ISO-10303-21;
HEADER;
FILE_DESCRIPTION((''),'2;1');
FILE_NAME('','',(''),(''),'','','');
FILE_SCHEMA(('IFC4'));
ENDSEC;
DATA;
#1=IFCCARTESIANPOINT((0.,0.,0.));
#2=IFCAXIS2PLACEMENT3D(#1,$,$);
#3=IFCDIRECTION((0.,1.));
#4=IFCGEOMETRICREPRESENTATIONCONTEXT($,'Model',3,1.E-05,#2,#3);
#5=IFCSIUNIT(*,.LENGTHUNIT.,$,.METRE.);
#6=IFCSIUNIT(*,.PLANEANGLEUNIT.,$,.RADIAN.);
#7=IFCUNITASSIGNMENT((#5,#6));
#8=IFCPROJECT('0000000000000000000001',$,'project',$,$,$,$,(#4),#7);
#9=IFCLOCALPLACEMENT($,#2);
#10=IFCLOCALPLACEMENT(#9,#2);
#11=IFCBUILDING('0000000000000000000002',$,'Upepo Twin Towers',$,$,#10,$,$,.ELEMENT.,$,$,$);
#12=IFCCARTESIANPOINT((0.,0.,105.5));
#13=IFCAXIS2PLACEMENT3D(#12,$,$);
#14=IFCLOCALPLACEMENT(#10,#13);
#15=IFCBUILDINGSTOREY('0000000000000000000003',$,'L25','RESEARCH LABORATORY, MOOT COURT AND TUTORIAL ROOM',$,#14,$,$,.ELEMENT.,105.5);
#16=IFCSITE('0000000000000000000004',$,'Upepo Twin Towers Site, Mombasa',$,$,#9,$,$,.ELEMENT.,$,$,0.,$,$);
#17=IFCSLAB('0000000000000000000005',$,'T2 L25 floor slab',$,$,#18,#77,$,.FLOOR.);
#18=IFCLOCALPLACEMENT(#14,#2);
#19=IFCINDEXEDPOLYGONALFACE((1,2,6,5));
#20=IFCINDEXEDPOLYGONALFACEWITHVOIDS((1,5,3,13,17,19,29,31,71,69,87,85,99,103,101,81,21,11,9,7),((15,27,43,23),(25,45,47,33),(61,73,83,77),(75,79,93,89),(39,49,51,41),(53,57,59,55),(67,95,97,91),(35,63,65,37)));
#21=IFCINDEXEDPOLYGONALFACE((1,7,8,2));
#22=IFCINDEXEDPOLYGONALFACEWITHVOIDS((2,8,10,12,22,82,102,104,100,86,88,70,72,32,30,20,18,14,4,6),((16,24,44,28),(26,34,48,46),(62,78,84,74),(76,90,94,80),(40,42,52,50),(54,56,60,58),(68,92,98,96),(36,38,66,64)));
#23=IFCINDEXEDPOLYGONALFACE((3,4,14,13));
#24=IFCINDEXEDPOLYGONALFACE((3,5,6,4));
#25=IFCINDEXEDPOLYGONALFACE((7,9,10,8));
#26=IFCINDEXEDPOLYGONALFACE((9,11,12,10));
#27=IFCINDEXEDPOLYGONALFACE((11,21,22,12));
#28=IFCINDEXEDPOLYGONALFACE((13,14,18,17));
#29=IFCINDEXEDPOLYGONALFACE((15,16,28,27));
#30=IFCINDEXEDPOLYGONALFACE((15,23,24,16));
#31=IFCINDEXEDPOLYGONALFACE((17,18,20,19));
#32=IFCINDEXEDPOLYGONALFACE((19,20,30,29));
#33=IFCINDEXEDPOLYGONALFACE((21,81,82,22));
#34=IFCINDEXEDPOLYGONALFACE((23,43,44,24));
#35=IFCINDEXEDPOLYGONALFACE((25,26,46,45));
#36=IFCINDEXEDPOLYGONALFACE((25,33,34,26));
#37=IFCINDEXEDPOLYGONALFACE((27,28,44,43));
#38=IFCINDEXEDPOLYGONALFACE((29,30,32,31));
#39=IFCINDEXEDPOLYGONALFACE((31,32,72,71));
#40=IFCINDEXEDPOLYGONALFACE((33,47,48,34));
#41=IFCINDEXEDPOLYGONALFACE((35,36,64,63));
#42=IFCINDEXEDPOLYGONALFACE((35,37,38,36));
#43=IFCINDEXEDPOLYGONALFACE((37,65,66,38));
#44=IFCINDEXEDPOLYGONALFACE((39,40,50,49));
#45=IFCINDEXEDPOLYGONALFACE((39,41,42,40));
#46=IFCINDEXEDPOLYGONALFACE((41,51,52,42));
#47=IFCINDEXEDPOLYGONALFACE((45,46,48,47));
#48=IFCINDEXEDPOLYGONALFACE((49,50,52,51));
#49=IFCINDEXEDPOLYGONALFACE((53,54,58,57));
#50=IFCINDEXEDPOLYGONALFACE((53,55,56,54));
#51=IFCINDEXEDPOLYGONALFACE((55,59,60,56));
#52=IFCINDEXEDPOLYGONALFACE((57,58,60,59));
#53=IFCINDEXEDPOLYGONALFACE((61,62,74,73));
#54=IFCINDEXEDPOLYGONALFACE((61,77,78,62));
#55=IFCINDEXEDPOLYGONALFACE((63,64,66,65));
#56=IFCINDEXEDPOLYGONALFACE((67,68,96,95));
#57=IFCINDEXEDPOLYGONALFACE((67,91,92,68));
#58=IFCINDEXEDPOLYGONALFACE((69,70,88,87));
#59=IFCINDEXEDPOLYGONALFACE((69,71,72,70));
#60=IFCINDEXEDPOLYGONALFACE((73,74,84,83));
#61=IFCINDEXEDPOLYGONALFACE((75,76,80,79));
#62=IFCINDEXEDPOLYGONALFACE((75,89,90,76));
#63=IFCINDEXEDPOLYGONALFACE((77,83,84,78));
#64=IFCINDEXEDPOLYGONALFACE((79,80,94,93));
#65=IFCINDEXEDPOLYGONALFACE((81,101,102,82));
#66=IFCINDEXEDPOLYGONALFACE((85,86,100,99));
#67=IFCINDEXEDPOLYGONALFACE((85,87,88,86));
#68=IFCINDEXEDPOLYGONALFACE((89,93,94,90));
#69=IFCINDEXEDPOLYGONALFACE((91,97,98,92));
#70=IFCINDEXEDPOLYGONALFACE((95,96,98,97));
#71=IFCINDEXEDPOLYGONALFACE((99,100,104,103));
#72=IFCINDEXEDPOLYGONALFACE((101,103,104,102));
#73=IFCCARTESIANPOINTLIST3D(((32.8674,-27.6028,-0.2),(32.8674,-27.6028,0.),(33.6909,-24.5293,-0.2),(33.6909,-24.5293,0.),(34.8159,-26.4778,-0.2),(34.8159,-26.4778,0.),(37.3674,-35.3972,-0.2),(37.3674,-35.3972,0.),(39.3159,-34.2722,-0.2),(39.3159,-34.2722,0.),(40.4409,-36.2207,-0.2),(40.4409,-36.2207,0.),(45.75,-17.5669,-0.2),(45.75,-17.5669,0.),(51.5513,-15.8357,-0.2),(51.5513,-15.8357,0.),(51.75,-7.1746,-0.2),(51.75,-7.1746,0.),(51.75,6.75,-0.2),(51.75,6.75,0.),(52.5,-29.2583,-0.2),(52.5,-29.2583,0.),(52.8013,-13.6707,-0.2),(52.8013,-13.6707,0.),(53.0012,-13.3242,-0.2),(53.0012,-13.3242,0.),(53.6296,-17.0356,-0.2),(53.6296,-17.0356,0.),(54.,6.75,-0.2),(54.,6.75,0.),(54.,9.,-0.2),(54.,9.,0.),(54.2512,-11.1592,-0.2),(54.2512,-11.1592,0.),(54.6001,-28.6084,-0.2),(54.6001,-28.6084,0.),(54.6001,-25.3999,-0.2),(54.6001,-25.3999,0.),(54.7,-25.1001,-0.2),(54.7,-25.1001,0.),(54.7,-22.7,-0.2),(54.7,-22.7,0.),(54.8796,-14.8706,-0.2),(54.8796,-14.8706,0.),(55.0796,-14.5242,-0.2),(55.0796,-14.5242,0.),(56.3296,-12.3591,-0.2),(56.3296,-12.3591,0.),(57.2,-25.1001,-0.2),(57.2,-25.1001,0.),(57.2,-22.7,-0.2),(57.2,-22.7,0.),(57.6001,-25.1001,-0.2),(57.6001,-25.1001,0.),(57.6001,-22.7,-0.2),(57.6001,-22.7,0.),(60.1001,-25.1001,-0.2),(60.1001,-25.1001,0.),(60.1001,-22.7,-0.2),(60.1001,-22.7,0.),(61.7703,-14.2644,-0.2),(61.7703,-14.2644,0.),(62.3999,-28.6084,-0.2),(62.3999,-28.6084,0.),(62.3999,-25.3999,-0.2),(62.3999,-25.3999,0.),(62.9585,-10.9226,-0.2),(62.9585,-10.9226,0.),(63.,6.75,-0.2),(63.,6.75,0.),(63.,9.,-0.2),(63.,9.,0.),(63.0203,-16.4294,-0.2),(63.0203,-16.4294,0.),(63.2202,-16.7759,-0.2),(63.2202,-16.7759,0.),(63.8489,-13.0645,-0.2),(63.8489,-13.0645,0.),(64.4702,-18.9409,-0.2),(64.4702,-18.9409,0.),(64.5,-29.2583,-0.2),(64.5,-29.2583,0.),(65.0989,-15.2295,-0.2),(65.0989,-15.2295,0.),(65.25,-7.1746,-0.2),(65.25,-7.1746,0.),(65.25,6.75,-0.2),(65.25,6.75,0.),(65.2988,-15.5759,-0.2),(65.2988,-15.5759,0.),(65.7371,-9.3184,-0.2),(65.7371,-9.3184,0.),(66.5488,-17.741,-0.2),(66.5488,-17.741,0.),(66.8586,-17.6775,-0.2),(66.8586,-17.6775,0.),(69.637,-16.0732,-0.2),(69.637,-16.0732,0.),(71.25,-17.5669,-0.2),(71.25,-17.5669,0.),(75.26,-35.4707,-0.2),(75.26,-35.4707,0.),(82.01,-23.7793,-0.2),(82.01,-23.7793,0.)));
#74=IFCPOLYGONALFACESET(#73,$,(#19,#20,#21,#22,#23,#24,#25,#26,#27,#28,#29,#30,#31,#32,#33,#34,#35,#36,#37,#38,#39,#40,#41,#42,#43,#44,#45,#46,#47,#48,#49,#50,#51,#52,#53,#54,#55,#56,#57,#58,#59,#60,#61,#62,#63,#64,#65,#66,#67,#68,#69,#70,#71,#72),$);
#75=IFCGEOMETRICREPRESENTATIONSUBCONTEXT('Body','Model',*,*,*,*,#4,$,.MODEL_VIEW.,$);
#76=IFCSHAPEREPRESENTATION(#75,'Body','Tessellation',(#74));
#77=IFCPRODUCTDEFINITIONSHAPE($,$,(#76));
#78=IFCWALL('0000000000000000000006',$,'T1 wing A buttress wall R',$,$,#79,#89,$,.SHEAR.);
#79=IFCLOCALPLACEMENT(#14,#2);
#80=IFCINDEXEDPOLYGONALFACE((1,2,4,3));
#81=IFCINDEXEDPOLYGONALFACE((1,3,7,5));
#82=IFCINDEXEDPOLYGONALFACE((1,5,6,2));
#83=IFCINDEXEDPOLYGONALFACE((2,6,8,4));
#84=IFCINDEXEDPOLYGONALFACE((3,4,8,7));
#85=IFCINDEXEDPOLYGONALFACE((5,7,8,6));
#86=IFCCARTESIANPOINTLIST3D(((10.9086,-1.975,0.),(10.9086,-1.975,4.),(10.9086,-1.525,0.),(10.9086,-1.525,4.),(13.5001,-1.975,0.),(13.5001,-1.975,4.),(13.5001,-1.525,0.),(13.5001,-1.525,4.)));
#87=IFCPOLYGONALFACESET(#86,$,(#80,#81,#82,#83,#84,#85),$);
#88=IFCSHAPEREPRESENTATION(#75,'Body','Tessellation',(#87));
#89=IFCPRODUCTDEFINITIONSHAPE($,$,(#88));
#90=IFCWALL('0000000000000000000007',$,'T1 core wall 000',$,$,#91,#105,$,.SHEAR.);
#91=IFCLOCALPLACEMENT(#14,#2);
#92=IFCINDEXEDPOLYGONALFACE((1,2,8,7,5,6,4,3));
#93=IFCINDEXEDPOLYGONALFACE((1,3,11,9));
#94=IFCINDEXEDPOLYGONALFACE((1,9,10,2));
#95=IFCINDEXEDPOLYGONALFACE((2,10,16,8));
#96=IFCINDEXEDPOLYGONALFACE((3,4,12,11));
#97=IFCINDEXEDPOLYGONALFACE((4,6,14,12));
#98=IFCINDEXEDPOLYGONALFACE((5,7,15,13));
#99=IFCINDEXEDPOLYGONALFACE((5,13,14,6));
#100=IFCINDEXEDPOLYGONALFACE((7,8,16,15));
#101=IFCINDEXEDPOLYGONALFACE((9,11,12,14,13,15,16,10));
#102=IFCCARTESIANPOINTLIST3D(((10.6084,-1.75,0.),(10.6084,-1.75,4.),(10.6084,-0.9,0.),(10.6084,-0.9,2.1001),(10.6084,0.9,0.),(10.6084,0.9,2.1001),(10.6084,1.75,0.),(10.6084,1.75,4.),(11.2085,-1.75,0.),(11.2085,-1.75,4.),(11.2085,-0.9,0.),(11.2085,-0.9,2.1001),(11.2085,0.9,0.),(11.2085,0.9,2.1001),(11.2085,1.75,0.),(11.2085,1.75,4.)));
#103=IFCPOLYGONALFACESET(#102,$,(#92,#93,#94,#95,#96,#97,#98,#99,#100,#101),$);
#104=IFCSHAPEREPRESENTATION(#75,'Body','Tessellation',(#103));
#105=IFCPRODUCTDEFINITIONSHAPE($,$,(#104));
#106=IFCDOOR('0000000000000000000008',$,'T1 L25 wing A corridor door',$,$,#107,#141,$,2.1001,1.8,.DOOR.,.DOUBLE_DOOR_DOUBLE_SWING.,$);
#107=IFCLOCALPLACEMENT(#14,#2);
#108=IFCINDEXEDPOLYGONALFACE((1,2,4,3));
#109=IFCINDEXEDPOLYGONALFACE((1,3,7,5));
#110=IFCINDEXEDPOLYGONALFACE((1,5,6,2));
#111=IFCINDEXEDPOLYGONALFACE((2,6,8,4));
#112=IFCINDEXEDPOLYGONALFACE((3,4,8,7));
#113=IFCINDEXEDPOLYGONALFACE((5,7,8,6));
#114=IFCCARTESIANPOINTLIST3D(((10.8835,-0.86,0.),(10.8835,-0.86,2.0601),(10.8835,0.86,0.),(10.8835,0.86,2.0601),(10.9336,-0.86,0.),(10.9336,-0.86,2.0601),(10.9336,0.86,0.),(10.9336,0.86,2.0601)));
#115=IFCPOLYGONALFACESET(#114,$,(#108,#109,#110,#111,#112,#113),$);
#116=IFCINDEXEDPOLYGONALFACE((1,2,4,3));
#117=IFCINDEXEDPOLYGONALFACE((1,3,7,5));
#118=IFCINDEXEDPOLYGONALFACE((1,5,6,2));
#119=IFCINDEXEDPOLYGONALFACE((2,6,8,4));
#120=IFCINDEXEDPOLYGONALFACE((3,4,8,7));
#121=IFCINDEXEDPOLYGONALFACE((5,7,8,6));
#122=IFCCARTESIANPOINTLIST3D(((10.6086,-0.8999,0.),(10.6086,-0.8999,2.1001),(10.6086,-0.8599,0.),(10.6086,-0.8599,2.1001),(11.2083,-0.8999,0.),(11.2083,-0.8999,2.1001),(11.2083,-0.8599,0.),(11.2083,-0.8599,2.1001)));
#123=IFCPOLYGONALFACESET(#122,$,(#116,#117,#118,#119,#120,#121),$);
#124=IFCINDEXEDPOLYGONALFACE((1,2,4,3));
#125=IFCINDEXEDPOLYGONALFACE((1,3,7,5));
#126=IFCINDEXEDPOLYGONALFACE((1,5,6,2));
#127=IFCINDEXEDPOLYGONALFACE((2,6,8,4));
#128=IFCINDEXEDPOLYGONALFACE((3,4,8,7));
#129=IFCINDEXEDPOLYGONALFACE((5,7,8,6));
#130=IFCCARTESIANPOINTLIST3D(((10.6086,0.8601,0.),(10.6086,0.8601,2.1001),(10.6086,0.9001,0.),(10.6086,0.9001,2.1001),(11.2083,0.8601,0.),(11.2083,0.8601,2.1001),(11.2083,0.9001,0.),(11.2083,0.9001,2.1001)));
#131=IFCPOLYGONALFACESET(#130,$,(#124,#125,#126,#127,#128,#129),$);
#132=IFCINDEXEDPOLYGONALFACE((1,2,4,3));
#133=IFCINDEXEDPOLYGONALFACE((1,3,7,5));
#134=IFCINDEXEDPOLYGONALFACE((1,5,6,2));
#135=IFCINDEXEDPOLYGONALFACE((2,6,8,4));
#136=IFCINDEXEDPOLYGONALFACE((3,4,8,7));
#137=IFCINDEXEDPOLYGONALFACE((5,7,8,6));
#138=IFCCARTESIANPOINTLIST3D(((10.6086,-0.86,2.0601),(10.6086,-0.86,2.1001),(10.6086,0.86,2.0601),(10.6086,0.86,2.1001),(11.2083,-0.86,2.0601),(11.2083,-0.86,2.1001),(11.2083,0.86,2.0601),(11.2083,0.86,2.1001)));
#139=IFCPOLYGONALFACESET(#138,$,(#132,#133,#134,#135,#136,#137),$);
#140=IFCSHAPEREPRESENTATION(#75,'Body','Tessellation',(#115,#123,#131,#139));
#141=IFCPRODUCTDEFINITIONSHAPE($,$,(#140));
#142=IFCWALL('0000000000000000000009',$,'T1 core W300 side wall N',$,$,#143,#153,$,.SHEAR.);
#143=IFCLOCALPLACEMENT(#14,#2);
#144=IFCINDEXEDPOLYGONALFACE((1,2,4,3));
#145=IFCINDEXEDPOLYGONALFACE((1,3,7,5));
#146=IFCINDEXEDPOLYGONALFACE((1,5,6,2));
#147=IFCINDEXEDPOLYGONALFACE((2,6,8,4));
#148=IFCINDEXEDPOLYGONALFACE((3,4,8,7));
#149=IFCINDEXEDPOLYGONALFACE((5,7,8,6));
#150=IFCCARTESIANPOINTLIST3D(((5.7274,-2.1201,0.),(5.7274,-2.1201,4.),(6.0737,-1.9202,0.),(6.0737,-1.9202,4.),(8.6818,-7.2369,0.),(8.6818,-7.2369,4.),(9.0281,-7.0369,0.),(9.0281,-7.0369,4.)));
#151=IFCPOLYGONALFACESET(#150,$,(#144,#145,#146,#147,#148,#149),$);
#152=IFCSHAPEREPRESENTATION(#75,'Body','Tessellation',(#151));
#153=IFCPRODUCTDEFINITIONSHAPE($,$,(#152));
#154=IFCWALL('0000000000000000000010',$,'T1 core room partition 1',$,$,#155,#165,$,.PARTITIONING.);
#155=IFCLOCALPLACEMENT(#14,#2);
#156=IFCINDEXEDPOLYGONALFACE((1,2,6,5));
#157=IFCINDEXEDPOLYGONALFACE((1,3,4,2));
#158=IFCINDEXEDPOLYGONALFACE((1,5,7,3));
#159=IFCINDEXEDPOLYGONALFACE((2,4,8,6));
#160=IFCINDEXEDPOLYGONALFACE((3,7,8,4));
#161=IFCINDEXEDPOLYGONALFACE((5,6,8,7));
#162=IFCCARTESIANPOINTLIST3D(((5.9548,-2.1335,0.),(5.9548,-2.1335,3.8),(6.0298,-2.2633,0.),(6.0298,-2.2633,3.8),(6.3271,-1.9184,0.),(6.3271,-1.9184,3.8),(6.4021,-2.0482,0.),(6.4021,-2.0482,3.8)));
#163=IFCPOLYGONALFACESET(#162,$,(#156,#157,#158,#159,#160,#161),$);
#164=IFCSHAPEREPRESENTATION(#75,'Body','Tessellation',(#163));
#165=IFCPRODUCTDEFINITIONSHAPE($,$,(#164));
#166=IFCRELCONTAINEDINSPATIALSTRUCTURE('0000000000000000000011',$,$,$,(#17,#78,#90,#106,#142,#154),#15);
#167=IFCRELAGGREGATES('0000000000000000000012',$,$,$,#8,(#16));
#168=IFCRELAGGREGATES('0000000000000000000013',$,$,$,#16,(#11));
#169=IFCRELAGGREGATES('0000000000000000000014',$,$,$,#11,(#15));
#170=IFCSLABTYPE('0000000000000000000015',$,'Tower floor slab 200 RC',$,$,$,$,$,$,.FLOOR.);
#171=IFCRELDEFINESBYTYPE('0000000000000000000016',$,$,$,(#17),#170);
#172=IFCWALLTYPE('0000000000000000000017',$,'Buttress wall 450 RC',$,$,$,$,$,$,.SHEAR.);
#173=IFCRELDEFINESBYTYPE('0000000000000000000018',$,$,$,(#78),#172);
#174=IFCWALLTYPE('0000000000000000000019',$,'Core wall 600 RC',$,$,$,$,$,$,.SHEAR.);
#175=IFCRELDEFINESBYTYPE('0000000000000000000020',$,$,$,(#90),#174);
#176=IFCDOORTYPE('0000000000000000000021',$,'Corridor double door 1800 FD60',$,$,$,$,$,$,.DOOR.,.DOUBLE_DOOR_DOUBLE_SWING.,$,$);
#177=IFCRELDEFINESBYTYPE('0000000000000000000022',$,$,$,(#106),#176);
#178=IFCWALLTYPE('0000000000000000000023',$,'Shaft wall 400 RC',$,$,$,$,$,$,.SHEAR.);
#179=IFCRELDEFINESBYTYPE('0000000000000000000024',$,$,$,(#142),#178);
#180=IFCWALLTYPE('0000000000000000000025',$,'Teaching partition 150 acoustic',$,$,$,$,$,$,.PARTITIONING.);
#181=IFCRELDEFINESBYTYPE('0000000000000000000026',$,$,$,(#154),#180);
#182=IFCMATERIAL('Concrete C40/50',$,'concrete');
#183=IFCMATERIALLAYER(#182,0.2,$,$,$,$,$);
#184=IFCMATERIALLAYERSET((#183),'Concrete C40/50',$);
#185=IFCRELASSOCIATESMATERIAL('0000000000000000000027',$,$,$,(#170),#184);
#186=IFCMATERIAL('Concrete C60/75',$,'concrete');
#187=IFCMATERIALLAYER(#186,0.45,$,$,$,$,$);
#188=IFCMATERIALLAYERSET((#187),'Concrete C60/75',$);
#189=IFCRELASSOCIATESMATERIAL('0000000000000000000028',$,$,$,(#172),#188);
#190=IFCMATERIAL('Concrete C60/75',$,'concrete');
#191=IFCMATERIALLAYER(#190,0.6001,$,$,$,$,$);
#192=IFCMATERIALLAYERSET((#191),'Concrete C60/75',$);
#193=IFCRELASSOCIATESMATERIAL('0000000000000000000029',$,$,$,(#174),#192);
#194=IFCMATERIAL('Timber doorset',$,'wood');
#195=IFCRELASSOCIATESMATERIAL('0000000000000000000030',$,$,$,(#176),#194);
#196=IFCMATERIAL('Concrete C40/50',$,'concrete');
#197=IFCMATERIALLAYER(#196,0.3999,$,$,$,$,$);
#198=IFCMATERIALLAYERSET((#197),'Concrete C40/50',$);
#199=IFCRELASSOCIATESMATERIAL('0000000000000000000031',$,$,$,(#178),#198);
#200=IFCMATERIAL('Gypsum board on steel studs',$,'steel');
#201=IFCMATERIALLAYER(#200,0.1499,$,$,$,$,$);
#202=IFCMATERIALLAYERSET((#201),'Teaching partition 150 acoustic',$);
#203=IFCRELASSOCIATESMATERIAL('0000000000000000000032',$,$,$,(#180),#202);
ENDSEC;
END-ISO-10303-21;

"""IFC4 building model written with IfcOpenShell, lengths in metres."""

from ifc_helpers import new_model, si_unit, direction, frame, frame_2d, origin, place, context, subcontext, project, spatial, polyline, rectangle, outline, extrude, material, layer, layer_set, type_object, element, fill, save


model = new_model("IFC4")

# Units and contexts
model_context = context("Model", 3, precision=1e-05, world=origin(), true_north=direction((0.0, 1.0)))
body_context = subcontext(model_context, "Body", "Model", "MODEL_VIEW")
ifc_project = project(units=[si_unit("LENGTHUNIT", "METRE"), si_unit("PLANEANGLEUNIT", "RADIAN")], contexts=[model_context])

# Site, building, storey
site_placement = place(None, origin())
site = spatial("IfcSite", under=ifc_project, at=site_placement, Name="Upepo Twin Towers Site, Mombasa", CompositionType="ELEMENT", RefElevation=0.0)
building_placement = place(site_placement, origin())
building = spatial("IfcBuilding", under=site, at=building_placement, Name="Upepo Twin Towers", CompositionType="ELEMENT")
storey_placement = place(building_placement, frame((0.0, 0.0, 105.5)))
storey = spatial("IfcBuildingStorey", under=building, at=storey_placement, Name="L25", Description="RESEARCH LABORATORY, MOOT COURT AND TUTORIAL ROOM", CompositionType="ELEMENT", Elevation=105.5)

# Slab
ifc_material_1 = material(Name="Concrete C40/50", Category="concrete")
ifc_layer_1 = layer(ifc_material_1, 0.2)
ifc_layer_set_1 = layer_set([ifc_layer_1], Name="Concrete C40/50")
slab_type_1 = type_object("IfcSlabType", Name="Tower floor slab 200 RC", PredefinedType="FLOOR", material=ifc_layer_set_1)
slab_1_placement = place(storey_placement, frame((0.0, 0.0, -0.2)))
element("IfcSlab", 1, at=slab_1_placement, inside=storey, type_object=slab_type_1, Name="T2 L25 floor slab", PredefinedType="FLOOR", context=body_context, shape_type="SweptSolid", body=[
    extrude(outline(polyline([(75.26, -35.4707), (64.5, -29.2583), (52.5, -29.2583), (40.4409, -36.2207), (39.3159, -34.2722), (37.3674, -35.3972), (32.8674, -27.6028), (34.8159, -26.4778), (33.6909, -24.5293), (45.75, -17.5669), (51.75, -7.1746), (51.75, 6.75), (54.0, 6.75), (54.0, 9.0), (63.0, 9.0), (63.0, 6.75), (65.25, 6.75), (65.25, -7.1746), (71.25, -17.5669), (82.01, -23.7793), (75.26, -35.4707)]), holes=[polyline([(56.3296, -12.3591), (54.2512, -11.1592), (53.0012, -13.3242), (55.0796, -14.5242), (56.3296, -12.3591)]), polyline([(54.8796, -14.8706), (52.8013, -13.6707), (51.5513, -15.8357), (53.6296, -17.0356), (54.8796, -14.8706)]), polyline([(54.7, -22.7), (54.7, -25.1001), (57.2, -25.1001), (57.2, -22.7), (54.7, -22.7)]), polyline([(57.6001, -22.7), (57.6001, -25.1001), (60.1001, -25.1001), (60.1001, -22.7), (57.6001, -22.7)]), polyline([(54.6001, -25.3999), (54.6001, -28.6084), (62.3999, -28.6084), (62.3999, -25.3999), (54.6001, -25.3999)]), polyline([(64.4702, -18.9409), (66.5488, -17.741), (65.2988, -15.5759), (63.2202, -16.7759), (64.4702, -18.9409)]), polyline([(63.0203, -16.4294), (65.0989, -15.2295), (63.8489, -13.0645), (61.7703, -14.2644), (63.0203, -16.4294)]), polyline([(66.8586, -17.6775), (69.637, -16.0732), (65.7371, -9.3184), (62.9585, -10.9226), (66.8586, -17.6775)])]), origin(), (0.0, 0.0, 1.0), 0.2),
])

# Wall
ifc_material_2 = material(Name="Concrete C60/75", Category="concrete")
ifc_layer_2 = layer(ifc_material_2, 0.45)
ifc_layer_set_2 = layer_set([ifc_layer_2], Name="Concrete C60/75")
wall_type_1 = type_object("IfcWallType", Name="Buttress wall 450 RC", PredefinedType="SHEAR", material=ifc_layer_set_2)
wall_1_placement = place(storey_placement, frame((10.9084, -1.75, 0.0), z_axis=(0.0, 0.0, 1.0), x_axis=(1.0, 0.0, 0.0)))
element("IfcWall", 2, at=wall_1_placement, inside=storey, type_object=wall_type_1, Name="T1 wing A buttress wall R", PredefinedType="SHEAR", context=body_context, shape_type="SweptSolid", body=[
    extrude(rectangle(XDim=2.5916, YDim=0.45, at=frame_2d((1.2959, 0.0))), origin(), (0.0, 0.0, 1.0), 4.0),
])

# Wall, opening, door
ifc_material_3 = material(Name="Concrete C60/75", Category="concrete")
ifc_layer_3 = layer(ifc_material_3, 0.6001)
ifc_layer_set_3 = layer_set([ifc_layer_3], Name="Concrete C60/75")
wall_type_2 = type_object("IfcWallType", Name="Core wall 600 RC", PredefinedType="SHEAR", material=ifc_layer_set_3)
wall_2_placement = place(storey_placement, frame((10.9084, -1.75, 0.0), z_axis=(0.0, 0.0, 1.0), x_axis=(0.0, 1.0, 0.0)))
wall_2 = element("IfcWall", 3, at=wall_2_placement, inside=storey, type_object=wall_type_2, Name="T1 core wall 000", PredefinedType="SHEAR", context=body_context, shape_type="SweptSolid", body=[
    extrude(rectangle(XDim=3.5, YDim=0.6001, at=frame_2d((1.75, 0.0))), origin(), (0.0, 0.0, 1.0), 4.0),
])
opening_1_placement = place(wall_2_placement, frame((0.8501, 0.0, 0.0)))
opening_1 = element("IfcOpeningElement", 4, at=opening_1_placement, cuts=wall_2, PredefinedType="OPENING", context=body_context, shape_type="SweptSolid", body=[
    extrude(rectangle(XDim=1.8, YDim=2.1001, at=frame_2d((0.8999, 1.05))), frame((0.0, 0.3101, 0.0), z_axis=(0.0, -1.0, 0.0), x_axis=(1.0, 0.0, 0.0)), (0.0, 0.0, 1.0), 0.6201),
])
ifc_material_4 = material(Name="Timber doorset", Category="wood")
door_type_1 = type_object("IfcDoorType", Name="Corridor double door 1800 FD60", OperationType="DOUBLE_DOOR_DOUBLE_SWING", PredefinedType="DOOR", material=ifc_material_4)
door_1_placement = place(opening_1_placement, origin())
door_1 = element("IfcDoor", 5, at=door_1_placement, inside=storey, type_object=door_type_1, Name="T1 L25 wing A corridor door", OperationType="DOUBLE_DOOR_DOUBLE_SWING", OverallHeight=2.1001, OverallWidth=1.8, PredefinedType="DOOR", context=body_context, shape_type="SweptSolid", body=[
    extrude(rectangle(XDim=1.72, YDim=2.0601, at=frame_2d((0.8999, 1.03))), frame((0.0, 0.0249, 0.0), z_axis=(0.0, -1.0, 0.0), x_axis=(1.0, 0.0, 0.0)), (0.0, 0.0, 1.0), 0.05),
    extrude(rectangle(XDim=0.04, YDim=2.1001, at=frame_2d((0.02, 1.05))), frame((0.0, 0.2998, 0.0), z_axis=(0.0, -1.0, 0.0), x_axis=(1.0, 0.0, 0.0)), (0.0, 0.0, 1.0), 0.5996),
    extrude(rectangle(XDim=0.04, YDim=2.1001, at=frame_2d((1.78, 1.05))), frame((0.0, 0.2998, 0.0), z_axis=(0.0, -1.0, 0.0), x_axis=(1.0, 0.0, 0.0)), (0.0, 0.0, 1.0), 0.5996),
    extrude(rectangle(XDim=1.72, YDim=0.04, at=frame_2d((0.8999, 2.0801))), frame((0.0, 0.2998, 0.0), z_axis=(0.0, -1.0, 0.0), x_axis=(1.0, 0.0, 0.0)), (0.0, 0.0, 1.0), 0.5996),
])
fill(opening_1, door_1)

# Walls
ifc_material_5 = material(Name="Concrete C40/50", Category="concrete")
ifc_layer_4 = layer(ifc_material_5, 0.3999)
ifc_layer_set_4 = layer_set([ifc_layer_4], Name="Concrete C40/50")
wall_type_3 = type_object("IfcWallType", Name="Shaft wall 400 RC", PredefinedType="SHEAR", material=ifc_layer_set_4)
wall_3_placement = place(storey_placement, frame((5.9006, -2.0203, 0.0), z_axis=(0.0, 0.0, 1.0), x_axis=(0.500028, -0.866009, 0.0)))
element("IfcWall", 6, at=wall_3_placement, inside=storey, type_object=wall_type_3, Name="T1 core W300 side wall N", PredefinedType="SHEAR", context=body_context, shape_type="SweptSolid", body=[
    extrude(rectangle(XDim=5.9084, YDim=0.3999, at=frame_2d((2.9541, 0.0))), origin(), (0.0, 0.0, 1.0), 4.0),
])
ifc_material_6 = material(Name="Gypsum board on steel studs", Category="steel")
ifc_layer_5 = layer(ifc_material_6, 0.1499)
ifc_layer_set_5 = layer_set([ifc_layer_5], Name="Teaching partition 150 acoustic")
wall_type_4 = type_object("IfcWallType", Name="Teaching partition 150 acoustic", PredefinedType="PARTITIONING", material=ifc_layer_set_5)
wall_4_placement = place(storey_placement, frame((6.3645, -1.9834, 0.0), z_axis=(0.0, 0.0, 1.0), x_axis=(-0.865892, -0.50023, 0.0)))
element("IfcWall", 7, at=wall_4_placement, inside=storey, type_object=wall_type_4, Name="T1 core room partition 1", PredefinedType="PARTITIONING", context=body_context, shape_type="SweptSolid", body=[
    extrude(rectangle(XDim=0.4299, YDim=0.1499, at=frame_2d((0.2148, 0.0))), origin(), (0.0, 0.0, 1.0), 3.8),
])

save(model, "model.ifc")
